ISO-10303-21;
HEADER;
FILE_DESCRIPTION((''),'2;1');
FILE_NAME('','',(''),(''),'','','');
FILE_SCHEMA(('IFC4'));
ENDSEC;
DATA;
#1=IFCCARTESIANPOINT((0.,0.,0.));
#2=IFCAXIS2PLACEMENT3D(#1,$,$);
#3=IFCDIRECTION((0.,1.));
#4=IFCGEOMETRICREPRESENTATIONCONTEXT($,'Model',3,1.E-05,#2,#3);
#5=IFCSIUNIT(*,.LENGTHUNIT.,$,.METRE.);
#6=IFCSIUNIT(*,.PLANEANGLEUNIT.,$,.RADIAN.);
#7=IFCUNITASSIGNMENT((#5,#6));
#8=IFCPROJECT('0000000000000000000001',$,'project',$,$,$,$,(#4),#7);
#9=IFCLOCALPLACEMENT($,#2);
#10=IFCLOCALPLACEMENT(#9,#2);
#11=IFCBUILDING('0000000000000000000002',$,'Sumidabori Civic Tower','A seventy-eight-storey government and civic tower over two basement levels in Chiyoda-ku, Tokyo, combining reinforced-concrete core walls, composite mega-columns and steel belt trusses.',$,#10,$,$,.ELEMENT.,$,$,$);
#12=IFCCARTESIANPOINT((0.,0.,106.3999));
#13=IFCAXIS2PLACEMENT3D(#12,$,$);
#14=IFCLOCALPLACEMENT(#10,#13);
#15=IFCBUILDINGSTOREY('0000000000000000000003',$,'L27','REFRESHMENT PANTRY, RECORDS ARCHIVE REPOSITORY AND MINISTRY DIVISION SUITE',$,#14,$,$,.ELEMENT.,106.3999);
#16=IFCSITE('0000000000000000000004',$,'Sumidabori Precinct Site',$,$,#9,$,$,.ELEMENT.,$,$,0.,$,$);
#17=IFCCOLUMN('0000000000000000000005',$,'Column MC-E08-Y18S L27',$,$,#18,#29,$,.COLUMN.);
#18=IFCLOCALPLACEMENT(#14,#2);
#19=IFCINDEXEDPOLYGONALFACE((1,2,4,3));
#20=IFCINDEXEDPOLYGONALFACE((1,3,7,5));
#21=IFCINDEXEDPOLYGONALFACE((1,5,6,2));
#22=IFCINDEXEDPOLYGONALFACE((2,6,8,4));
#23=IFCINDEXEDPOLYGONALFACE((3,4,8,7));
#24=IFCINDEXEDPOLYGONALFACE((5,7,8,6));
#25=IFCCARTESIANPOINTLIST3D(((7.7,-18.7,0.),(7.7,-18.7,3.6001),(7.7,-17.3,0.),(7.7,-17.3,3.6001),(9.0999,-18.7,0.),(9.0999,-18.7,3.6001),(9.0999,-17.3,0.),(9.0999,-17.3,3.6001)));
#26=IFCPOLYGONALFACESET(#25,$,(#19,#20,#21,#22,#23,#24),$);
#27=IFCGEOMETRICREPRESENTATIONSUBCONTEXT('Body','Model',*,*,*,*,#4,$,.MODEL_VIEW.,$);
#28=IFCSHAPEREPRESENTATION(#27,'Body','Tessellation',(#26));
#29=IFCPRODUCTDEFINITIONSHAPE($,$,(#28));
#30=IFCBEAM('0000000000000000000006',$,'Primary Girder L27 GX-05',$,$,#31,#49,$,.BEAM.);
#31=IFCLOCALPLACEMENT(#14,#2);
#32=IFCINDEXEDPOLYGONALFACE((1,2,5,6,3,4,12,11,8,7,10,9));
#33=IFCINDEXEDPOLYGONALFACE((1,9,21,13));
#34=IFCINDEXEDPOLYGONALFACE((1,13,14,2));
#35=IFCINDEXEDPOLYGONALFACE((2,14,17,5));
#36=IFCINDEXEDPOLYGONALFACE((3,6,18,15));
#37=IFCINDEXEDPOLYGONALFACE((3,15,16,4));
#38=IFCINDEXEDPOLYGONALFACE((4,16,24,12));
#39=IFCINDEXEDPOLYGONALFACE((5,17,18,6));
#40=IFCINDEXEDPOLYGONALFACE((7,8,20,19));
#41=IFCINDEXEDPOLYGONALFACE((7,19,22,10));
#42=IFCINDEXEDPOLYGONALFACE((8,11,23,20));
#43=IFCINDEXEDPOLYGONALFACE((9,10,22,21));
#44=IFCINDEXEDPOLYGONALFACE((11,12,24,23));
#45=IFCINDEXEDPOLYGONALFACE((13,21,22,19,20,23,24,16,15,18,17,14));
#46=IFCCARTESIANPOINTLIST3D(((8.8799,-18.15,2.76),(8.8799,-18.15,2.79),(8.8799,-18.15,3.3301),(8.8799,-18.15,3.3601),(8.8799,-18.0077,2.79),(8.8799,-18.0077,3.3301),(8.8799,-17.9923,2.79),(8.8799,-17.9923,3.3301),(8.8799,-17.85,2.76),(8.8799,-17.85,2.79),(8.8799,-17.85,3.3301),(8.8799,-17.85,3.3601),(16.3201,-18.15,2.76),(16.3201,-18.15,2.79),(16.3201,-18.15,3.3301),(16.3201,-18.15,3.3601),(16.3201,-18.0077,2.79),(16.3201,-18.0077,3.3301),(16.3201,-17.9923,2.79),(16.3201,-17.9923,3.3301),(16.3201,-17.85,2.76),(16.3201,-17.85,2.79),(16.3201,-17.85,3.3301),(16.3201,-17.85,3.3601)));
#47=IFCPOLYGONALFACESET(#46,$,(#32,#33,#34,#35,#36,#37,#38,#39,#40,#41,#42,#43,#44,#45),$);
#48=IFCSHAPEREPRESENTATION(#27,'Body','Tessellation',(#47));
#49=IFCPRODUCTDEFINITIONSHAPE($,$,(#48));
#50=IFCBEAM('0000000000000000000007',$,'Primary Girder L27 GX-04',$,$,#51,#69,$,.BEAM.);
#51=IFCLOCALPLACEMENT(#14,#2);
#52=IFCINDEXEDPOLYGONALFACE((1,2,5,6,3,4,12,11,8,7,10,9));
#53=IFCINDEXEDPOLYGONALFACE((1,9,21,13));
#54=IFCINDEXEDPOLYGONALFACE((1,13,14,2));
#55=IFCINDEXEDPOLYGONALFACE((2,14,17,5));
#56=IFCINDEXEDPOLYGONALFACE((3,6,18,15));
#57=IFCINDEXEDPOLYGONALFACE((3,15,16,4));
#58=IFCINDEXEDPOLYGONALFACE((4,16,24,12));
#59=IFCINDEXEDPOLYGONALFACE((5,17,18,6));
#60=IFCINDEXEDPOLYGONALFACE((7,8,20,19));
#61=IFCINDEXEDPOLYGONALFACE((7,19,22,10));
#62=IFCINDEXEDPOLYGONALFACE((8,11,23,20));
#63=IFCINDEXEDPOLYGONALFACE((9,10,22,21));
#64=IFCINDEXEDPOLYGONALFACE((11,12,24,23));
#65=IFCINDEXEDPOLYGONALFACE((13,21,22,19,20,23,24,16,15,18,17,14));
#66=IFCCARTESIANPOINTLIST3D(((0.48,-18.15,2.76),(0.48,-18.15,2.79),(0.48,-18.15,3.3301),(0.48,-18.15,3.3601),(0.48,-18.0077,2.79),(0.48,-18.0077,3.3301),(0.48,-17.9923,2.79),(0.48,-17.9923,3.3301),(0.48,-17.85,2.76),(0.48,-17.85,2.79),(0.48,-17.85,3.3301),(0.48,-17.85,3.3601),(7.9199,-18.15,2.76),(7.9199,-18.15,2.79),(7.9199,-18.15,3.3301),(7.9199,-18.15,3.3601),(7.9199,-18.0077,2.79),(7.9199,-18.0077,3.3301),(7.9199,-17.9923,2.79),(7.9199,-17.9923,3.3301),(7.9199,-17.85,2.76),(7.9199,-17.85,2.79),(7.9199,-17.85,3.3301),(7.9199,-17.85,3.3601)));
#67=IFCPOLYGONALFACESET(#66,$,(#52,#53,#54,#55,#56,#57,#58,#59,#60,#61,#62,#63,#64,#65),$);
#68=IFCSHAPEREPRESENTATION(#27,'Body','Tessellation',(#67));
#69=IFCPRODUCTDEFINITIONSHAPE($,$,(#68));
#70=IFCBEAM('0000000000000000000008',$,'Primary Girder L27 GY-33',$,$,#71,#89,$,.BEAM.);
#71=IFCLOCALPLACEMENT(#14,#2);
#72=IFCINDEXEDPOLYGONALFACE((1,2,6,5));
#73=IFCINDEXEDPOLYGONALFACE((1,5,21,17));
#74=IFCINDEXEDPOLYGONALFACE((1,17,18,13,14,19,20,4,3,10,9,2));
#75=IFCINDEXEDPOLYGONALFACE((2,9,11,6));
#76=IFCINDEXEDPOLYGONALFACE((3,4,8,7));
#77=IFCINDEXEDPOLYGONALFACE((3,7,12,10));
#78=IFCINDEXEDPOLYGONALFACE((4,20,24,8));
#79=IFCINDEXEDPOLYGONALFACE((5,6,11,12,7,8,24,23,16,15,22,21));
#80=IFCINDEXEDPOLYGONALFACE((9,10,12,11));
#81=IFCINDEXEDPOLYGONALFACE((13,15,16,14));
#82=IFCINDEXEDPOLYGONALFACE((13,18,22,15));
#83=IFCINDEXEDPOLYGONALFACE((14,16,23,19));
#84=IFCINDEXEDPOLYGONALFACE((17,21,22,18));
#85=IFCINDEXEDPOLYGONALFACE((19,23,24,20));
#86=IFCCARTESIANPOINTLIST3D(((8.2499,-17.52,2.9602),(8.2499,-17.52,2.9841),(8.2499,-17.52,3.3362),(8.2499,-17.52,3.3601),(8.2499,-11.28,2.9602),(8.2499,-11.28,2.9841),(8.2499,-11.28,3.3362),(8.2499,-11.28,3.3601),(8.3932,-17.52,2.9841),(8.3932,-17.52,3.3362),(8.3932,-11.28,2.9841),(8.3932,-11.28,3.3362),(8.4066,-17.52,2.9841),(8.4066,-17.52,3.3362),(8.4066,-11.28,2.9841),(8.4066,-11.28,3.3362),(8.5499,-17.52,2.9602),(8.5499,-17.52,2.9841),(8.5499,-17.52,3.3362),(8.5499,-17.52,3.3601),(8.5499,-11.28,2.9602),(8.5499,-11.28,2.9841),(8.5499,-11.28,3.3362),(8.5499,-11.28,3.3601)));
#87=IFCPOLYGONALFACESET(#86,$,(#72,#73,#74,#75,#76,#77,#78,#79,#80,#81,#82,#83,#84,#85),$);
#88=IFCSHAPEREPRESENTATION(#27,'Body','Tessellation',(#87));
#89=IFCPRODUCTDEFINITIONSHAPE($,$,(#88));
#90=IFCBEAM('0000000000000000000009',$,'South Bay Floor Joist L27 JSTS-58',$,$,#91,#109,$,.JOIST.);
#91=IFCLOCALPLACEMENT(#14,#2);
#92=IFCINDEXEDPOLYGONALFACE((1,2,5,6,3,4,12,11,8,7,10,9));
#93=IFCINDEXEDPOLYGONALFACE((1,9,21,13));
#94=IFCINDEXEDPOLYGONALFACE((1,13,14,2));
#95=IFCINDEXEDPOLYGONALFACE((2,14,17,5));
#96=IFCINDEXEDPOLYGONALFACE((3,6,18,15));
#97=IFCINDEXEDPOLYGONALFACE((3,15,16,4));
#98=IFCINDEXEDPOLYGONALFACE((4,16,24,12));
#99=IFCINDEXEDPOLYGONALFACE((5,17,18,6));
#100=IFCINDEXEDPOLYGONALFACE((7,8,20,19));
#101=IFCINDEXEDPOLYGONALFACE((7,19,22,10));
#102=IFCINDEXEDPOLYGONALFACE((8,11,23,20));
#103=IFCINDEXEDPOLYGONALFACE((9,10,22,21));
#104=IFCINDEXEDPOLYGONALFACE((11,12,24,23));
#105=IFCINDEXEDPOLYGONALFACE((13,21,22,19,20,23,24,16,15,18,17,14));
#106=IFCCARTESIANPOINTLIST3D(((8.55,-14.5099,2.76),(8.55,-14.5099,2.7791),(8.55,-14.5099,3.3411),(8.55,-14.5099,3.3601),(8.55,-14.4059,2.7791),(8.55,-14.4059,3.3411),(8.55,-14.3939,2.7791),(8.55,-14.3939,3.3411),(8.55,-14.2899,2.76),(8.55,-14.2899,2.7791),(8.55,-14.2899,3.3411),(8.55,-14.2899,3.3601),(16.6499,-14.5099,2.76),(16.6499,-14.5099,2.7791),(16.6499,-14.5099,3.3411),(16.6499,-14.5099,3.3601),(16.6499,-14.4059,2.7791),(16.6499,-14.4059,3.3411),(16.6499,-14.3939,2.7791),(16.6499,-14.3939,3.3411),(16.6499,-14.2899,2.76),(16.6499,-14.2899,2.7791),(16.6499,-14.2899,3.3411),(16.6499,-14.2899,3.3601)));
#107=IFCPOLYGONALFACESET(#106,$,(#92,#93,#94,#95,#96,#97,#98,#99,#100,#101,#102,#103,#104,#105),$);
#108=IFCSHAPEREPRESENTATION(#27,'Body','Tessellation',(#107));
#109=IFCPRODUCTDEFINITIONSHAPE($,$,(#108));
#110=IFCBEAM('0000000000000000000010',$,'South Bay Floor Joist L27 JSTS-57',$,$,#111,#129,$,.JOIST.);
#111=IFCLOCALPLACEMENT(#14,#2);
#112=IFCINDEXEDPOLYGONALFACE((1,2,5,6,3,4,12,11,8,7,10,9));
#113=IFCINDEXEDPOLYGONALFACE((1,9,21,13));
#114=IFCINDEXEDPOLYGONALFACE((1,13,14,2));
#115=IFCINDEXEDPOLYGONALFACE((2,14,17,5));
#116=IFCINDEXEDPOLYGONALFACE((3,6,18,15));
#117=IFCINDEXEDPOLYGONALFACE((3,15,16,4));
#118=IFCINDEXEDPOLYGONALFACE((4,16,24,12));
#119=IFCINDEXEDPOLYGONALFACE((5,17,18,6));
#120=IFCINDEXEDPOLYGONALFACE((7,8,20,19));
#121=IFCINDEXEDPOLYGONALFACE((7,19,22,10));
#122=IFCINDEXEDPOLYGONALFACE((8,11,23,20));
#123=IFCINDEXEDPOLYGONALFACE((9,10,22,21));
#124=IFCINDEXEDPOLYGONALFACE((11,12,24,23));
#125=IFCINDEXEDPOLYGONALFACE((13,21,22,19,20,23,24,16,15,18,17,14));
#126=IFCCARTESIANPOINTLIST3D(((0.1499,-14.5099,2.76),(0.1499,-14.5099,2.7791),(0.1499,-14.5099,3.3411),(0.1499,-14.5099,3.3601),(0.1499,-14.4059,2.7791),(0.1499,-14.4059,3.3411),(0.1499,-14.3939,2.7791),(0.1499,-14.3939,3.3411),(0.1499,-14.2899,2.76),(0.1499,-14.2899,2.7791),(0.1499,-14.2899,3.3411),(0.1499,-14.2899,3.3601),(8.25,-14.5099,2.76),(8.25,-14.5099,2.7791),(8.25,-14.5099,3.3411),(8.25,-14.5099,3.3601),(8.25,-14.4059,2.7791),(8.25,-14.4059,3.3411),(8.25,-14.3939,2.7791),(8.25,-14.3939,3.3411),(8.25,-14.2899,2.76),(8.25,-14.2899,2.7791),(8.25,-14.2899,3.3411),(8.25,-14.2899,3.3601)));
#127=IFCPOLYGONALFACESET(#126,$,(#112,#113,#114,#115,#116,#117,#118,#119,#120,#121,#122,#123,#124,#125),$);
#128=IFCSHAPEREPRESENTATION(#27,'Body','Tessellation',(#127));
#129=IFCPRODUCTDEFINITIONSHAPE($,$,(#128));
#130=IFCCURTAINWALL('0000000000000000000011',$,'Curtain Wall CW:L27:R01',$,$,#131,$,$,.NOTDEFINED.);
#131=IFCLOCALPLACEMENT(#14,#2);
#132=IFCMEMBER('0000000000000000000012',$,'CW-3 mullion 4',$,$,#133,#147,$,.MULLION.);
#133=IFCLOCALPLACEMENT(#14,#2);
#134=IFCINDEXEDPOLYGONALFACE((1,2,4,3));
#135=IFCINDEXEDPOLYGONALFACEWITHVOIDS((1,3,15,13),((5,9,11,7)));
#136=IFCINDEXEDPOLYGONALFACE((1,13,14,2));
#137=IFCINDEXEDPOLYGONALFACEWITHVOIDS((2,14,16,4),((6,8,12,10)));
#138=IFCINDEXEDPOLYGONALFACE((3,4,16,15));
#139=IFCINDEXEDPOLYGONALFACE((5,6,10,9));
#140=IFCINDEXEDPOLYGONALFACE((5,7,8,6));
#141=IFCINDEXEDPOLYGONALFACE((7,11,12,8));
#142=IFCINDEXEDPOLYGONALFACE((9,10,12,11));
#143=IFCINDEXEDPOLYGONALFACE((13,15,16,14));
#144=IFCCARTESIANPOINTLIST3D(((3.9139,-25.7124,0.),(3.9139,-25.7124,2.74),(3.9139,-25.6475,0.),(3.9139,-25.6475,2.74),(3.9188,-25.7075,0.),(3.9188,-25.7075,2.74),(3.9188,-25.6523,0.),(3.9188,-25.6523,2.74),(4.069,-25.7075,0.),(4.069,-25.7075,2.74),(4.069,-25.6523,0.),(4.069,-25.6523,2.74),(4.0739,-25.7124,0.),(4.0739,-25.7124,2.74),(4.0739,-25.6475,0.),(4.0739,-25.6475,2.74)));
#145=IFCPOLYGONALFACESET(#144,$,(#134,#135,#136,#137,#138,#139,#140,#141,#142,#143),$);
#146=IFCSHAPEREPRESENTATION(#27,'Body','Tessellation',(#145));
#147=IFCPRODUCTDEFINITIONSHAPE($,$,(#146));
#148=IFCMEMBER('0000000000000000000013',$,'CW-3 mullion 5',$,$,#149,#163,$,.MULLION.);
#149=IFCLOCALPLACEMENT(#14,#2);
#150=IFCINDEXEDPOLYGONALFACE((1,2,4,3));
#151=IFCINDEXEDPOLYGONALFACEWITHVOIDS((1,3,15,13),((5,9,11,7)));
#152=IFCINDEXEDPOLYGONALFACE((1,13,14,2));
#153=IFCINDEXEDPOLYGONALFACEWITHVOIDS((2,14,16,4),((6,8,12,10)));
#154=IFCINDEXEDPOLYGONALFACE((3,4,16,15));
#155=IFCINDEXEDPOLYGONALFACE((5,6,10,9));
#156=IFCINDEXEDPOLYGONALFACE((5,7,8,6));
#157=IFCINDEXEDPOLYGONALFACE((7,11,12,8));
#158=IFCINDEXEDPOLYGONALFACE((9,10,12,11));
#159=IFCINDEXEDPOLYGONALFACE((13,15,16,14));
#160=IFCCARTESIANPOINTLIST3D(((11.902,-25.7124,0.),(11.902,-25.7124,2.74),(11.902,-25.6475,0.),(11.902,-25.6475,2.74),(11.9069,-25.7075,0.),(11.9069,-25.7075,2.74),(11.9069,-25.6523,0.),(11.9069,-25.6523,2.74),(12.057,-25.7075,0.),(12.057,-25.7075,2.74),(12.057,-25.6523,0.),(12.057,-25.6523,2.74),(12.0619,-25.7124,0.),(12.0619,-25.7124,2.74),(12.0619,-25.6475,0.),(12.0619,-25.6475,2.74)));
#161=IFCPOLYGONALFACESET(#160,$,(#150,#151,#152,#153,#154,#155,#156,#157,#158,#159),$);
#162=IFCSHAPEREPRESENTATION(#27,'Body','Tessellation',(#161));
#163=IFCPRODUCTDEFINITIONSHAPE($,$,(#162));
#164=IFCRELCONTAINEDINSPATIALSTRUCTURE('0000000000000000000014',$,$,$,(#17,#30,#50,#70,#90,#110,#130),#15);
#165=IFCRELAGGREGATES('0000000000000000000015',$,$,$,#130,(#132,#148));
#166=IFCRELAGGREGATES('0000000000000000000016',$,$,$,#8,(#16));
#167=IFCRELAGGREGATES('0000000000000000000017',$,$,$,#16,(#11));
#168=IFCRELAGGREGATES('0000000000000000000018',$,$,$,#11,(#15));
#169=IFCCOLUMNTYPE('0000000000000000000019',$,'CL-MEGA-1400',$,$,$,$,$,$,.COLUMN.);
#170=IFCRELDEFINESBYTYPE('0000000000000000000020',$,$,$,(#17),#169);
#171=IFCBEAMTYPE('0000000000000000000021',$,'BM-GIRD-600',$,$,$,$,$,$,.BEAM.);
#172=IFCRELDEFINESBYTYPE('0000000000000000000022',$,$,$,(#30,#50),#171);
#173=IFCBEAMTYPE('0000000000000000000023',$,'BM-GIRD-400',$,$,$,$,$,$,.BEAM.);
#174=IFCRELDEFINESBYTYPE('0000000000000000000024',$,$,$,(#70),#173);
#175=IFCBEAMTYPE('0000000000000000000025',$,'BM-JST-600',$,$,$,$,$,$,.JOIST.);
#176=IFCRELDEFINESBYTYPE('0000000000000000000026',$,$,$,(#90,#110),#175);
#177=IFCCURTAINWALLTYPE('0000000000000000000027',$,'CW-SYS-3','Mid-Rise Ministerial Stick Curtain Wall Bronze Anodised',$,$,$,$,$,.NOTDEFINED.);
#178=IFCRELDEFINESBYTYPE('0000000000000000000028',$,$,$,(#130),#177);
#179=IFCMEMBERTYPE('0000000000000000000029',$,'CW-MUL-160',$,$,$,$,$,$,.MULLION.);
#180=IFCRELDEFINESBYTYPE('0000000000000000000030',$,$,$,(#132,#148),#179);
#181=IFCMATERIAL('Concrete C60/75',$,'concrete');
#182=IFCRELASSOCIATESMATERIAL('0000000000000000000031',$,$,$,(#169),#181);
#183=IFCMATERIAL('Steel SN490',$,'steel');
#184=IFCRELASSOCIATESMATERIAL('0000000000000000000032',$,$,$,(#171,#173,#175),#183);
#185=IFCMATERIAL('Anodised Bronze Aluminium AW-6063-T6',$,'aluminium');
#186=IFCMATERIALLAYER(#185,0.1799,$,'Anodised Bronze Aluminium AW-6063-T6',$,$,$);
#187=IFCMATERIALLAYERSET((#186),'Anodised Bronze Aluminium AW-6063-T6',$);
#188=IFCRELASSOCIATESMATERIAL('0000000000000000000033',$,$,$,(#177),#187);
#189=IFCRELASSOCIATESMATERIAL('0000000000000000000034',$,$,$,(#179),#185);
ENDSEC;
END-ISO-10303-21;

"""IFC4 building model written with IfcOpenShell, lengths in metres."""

from ifc_helpers import new_model, si_unit, direction, frame, origin, origin_2d, place, context, subcontext, project, spatial, rectangle, hollow_rectangle, i_section, extrude, source, transform, mapped, material, layer, layer_set, material_profile, profile_set, type_object, element, aggregate, save


model = new_model("IFC4")

# Units and contexts
model_context = context("Model", 3, precision=1e-05, world=origin(), true_north=direction((0.0, 1.0)))
body_context = subcontext(model_context, "Body", "Model", "MODEL_VIEW")
ifc_project = project(units=[si_unit("LENGTHUNIT", "METRE"), si_unit("PLANEANGLEUNIT", "RADIAN")], contexts=[model_context])

# Site, building, storey
site_placement = place(None, origin())
site = spatial("IfcSite", under=ifc_project, at=site_placement, Name="Sumidabori Precinct Site", CompositionType="ELEMENT", RefElevation=0.0)
building_placement = place(site_placement, origin())
building = spatial("IfcBuilding", under=site, at=building_placement, Name="Sumidabori Civic Tower", Description="A seventy-eight-storey government and civic tower over two basement levels in Chiyoda-ku, Tokyo, combining reinforced-concrete core walls, composite mega-columns and steel belt trusses.", CompositionType="ELEMENT")
storey_placement = place(building_placement, frame((0.0, 0.0, 106.3999)))
storey = spatial("IfcBuildingStorey", under=building, at=storey_placement, Name="L27", Description="REFRESHMENT PANTRY, RECORDS ARCHIVE REPOSITORY AND MINISTRY DIVISION SUITE", CompositionType="ELEMENT", Elevation=106.3999)

# Column
ifc_material_1 = material(Name="Concrete C60/75", Category="concrete")
ifc_material_profile_1 = material_profile(ifc_material_1, rectangle(XDim=1.3999, YDim=1.3999, at=origin_2d()), Name="RC 1400x1400")
ifc_profile_set_1 = profile_set([ifc_material_profile_1], Name="Concrete C60/75")
column_type = type_object("IfcColumnType", Name="CL-MEGA-1400", PredefinedType="COLUMN", material=ifc_profile_set_1)
shared_shape_1 = source(origin(), body_context, "Body", "SweptSolid", [
    extrude(rectangle(XDim=1.3999, YDim=1.3999, at=origin_2d()), origin(), (0.0, 0.0, 1.0), 3.6001),
])
column_placement = place(storey_placement, frame((8.3999, -18.0, 0.0), z_axis=(0.0, 0.0, 1.0), x_axis=(1.0, 0.0, 0.0)))
element("IfcColumn", 1, at=column_placement, inside=storey, type_object=column_type, Name="Column MC-E08-Y18S L27", PredefinedType="COLUMN", context=body_context, shape_type="MappedRepresentation", body=[
    mapped(shared_shape_1, transform((0.0, 0.0, 0.0), x_axis=(1.0, 0.0, 0.0), y_axis=(0.0, 1.0, 0.0), z_axis=(0.0, 0.0, 1.0), scale=1.0)),
])

# Beams
ifc_material_2 = material(Name="Steel SN490", Category="steel")
ifc_material_profile_2 = material_profile(ifc_material_2, i_section(OverallWidth=0.3, OverallDepth=0.6001, WebThickness=0.0154, FlangeThickness=0.03, at=origin_2d()), Name="HE 600 B")
ifc_profile_set_2 = profile_set([ifc_material_profile_2], Name="Steel SN490")
beam_type_1 = type_object("IfcBeamType", Name="BM-GIRD-600", PredefinedType="BEAM", material=ifc_profile_set_2)
shared_shape_2 = source(origin(), body_context, "Body", "SweptSolid", [
    extrude(i_section(OverallWidth=0.3, OverallDepth=0.6001, WebThickness=0.0154, FlangeThickness=0.03, at=origin_2d()), origin(), (0.0, 0.0, 1.0), 7.4402),
])
beam_1_placement = place(storey_placement, frame((8.8799, -18.0, 3.0601), z_axis=(1.0, 0.0, 0.0), x_axis=(0.0, 1.0, 0.0)))
element("IfcBeam", 2, at=beam_1_placement, inside=storey, type_object=beam_type_1, Name="Primary Girder L27 GX-05", PredefinedType="BEAM", context=body_context, shape_type="MappedRepresentation", body=[
    mapped(shared_shape_2, transform((0.0, 0.0, 0.0), x_axis=(1.0, 0.0, 0.0), y_axis=(0.0, 1.0, 0.0), z_axis=(0.0, 0.0, 1.0), scale=1.0)),
])
shared_shape_3 = source(origin(), body_context, "Body", "SweptSolid", [
    extrude(i_section(OverallWidth=0.3, OverallDepth=0.6001, WebThickness=0.0154, FlangeThickness=0.03, at=origin_2d()), origin(), (0.0, 0.0, 1.0), 7.4399),
])
beam_2_placement = place(storey_placement, frame((0.48, -18.0, 3.0601), z_axis=(1.0, 0.0, 0.0), x_axis=(0.0, 1.0, 0.0)))
element("IfcBeam", 3, at=beam_2_placement, inside=storey, type_object=beam_type_1, Name="Primary Girder L27 GX-04", PredefinedType="BEAM", context=body_context, shape_type="MappedRepresentation", body=[
    mapped(shared_shape_3, transform((0.0, 0.0, 0.0), x_axis=(1.0, 0.0, 0.0), y_axis=(0.0, 1.0, 0.0), z_axis=(0.0, 0.0, 1.0), scale=1.0)),
])
ifc_material_profile_3 = material_profile(ifc_material_2, i_section(OverallWidth=0.3, OverallDepth=0.3999, WebThickness=0.0134, FlangeThickness=0.0239, at=origin_2d()), Name="HE 400 B")
ifc_profile_set_3 = profile_set([ifc_material_profile_3], Name="Steel SN490")
beam_type_2 = type_object("IfcBeamType", Name="BM-GIRD-400", PredefinedType="BEAM", material=ifc_profile_set_3)
shared_shape_4 = source(origin(), body_context, "Body", "SweptSolid", [
    extrude(i_section(OverallWidth=0.3, OverallDepth=0.3999, WebThickness=0.0134, FlangeThickness=0.0239, at=origin_2d()), origin(), (0.0, 0.0, 1.0), 6.24),
])
beam_3_placement = place(storey_placement, frame((8.3999, -17.52, 3.1602), z_axis=(0.0, 1.0, 0.0), x_axis=(-1.0, 0.0, 0.0)))
element("IfcBeam", 4, at=beam_3_placement, inside=storey, type_object=beam_type_2, Name="Primary Girder L27 GY-33", PredefinedType="BEAM", context=body_context, shape_type="MappedRepresentation", body=[
    mapped(shared_shape_4, transform((0.0, 0.0, 0.0), x_axis=(1.0, 0.0, 0.0), y_axis=(0.0, 1.0, 0.0), z_axis=(0.0, 0.0, 1.0), scale=1.0)),
])
ifc_material_profile_4 = material_profile(ifc_material_2, i_section(OverallWidth=0.22, OverallDepth=0.6001, WebThickness=0.012, FlangeThickness=0.019, at=origin_2d()), Name="IPE 600")
ifc_profile_set_4 = profile_set([ifc_material_profile_4], Name="Steel SN490")
beam_type_3 = type_object("IfcBeamType", Name="BM-JST-600", PredefinedType="JOIST", material=ifc_profile_set_4)
shared_shape_5 = source(origin(), body_context, "Body", "SweptSolid", [
    extrude(i_section(OverallWidth=0.22, OverallDepth=0.6001, WebThickness=0.012, FlangeThickness=0.019, at=origin_2d()), origin(), (0.0, 0.0, 1.0), 8.0999),
])
beam_4_placement = place(storey_placement, frame((8.55, -14.3999, 3.0601), z_axis=(1.0, 0.0, 0.0), x_axis=(0.0, 1.0, 0.0)))
element("IfcBeam", 5, at=beam_4_placement, inside=storey, type_object=beam_type_3, Name="South Bay Floor Joist L27 JSTS-58", PredefinedType="JOIST", context=body_context, shape_type="MappedRepresentation", body=[
    mapped(shared_shape_5, transform((0.0, 0.0, 0.0), x_axis=(1.0, 0.0, 0.0), y_axis=(0.0, 1.0, 0.0), z_axis=(0.0, 0.0, 1.0), scale=1.0)),
])
shared_shape_6 = source(origin(), body_context, "Body", "SweptSolid", [
    extrude(i_section(OverallWidth=0.22, OverallDepth=0.6001, WebThickness=0.012, FlangeThickness=0.019, at=origin_2d()), origin(), (0.0, 0.0, 1.0), 8.1001),
])
beam_5_placement = place(storey_placement, frame((0.1499, -14.3999, 3.0601), z_axis=(1.0, 0.0, 0.0), x_axis=(0.0, 1.0, 0.0)))
element("IfcBeam", 6, at=beam_5_placement, inside=storey, type_object=beam_type_3, Name="South Bay Floor Joist L27 JSTS-57", PredefinedType="JOIST", context=body_context, shape_type="MappedRepresentation", body=[
    mapped(shared_shape_6, transform((0.0, 0.0, 0.0), x_axis=(1.0, 0.0, 0.0), y_axis=(0.0, 1.0, 0.0), z_axis=(0.0, 0.0, 1.0), scale=1.0)),
])

# Curtain wall, members
ifc_material_3 = material(Name="Anodised Bronze Aluminium AW-6063-T6", Category="aluminium")
ifc_layer_1 = layer(ifc_material_3, 0.1799, Name="Anodised Bronze Aluminium AW-6063-T6")
ifc_layer_set_1 = layer_set([ifc_layer_1], Name="Anodised Bronze Aluminium AW-6063-T6")
curtain_wall_type = type_object("IfcCurtainWallType", Name="CW-SYS-3", Description="Mid-Rise Ministerial Stick Curtain Wall Bronze Anodised", PredefinedType="NOTDEFINED", material=ifc_layer_set_1)
curtain_wall_placement = place(storey_placement, origin())
curtain_wall = element("IfcCurtainWall", 7, at=curtain_wall_placement, inside=storey, type_object=curtain_wall_type, Name="Curtain Wall CW:L27:R01", PredefinedType="NOTDEFINED")
ifc_material_profile_5 = material_profile(ifc_material_3, hollow_rectangle(XDim=0.0649, YDim=0.1599, WallThickness=0.0049, at=origin_2d()), Name="ALU MULLION 160x65")
ifc_profile_set_5 = profile_set([ifc_material_profile_5], Name="Anodised Bronze Aluminium AW-6063-T6")
member_type_1 = type_object("IfcMemberType", Name="CW-MUL-160", PredefinedType="MULLION", material=ifc_profile_set_5)
shared_shape_7 = source(origin(), body_context, "Body", "SweptSolid", [
    extrude(hollow_rectangle(XDim=0.0649, YDim=0.1599, WallThickness=0.0049, at=origin_2d()), origin(), (0.0, 0.0, 1.0), 2.74),
])
member_1_placement = place(storey_placement, frame((3.9939, -25.6799, 0.0), z_axis=(0.0, 0.0, 1.0), x_axis=(0.0, 1.0, 0.0)))
member_1 = element("IfcMember", 8, at=member_1_placement, type_object=member_type_1, Name="CW-3 mullion 4", PredefinedType="MULLION", context=body_context, shape_type="MappedRepresentation", body=[
    mapped(shared_shape_7, transform((0.0, 0.0, 0.0), x_axis=(1.0, 0.0, 0.0), y_axis=(0.0, 1.0, 0.0), z_axis=(0.0, 0.0, 1.0), scale=1.0)),
])
member_2_placement = place(storey_placement, frame((11.9819, -25.6799, 0.0), z_axis=(0.0, 0.0, 1.0), x_axis=(0.0, 1.0, 0.0)))
member_2 = element("IfcMember", 9, at=member_2_placement, type_object=member_type_1, Name="CW-3 mullion 5", PredefinedType="MULLION", context=body_context, shape_type="MappedRepresentation", body=[
    mapped(shared_shape_7, transform((0.0, 0.0, 0.0), x_axis=(1.0, 0.0, 0.0), y_axis=(0.0, 1.0, 0.0), z_axis=(0.0, 0.0, 1.0), scale=1.0)),
])
aggregate(curtain_wall, [member_1, member_2])

save(model, "model.ifc")
